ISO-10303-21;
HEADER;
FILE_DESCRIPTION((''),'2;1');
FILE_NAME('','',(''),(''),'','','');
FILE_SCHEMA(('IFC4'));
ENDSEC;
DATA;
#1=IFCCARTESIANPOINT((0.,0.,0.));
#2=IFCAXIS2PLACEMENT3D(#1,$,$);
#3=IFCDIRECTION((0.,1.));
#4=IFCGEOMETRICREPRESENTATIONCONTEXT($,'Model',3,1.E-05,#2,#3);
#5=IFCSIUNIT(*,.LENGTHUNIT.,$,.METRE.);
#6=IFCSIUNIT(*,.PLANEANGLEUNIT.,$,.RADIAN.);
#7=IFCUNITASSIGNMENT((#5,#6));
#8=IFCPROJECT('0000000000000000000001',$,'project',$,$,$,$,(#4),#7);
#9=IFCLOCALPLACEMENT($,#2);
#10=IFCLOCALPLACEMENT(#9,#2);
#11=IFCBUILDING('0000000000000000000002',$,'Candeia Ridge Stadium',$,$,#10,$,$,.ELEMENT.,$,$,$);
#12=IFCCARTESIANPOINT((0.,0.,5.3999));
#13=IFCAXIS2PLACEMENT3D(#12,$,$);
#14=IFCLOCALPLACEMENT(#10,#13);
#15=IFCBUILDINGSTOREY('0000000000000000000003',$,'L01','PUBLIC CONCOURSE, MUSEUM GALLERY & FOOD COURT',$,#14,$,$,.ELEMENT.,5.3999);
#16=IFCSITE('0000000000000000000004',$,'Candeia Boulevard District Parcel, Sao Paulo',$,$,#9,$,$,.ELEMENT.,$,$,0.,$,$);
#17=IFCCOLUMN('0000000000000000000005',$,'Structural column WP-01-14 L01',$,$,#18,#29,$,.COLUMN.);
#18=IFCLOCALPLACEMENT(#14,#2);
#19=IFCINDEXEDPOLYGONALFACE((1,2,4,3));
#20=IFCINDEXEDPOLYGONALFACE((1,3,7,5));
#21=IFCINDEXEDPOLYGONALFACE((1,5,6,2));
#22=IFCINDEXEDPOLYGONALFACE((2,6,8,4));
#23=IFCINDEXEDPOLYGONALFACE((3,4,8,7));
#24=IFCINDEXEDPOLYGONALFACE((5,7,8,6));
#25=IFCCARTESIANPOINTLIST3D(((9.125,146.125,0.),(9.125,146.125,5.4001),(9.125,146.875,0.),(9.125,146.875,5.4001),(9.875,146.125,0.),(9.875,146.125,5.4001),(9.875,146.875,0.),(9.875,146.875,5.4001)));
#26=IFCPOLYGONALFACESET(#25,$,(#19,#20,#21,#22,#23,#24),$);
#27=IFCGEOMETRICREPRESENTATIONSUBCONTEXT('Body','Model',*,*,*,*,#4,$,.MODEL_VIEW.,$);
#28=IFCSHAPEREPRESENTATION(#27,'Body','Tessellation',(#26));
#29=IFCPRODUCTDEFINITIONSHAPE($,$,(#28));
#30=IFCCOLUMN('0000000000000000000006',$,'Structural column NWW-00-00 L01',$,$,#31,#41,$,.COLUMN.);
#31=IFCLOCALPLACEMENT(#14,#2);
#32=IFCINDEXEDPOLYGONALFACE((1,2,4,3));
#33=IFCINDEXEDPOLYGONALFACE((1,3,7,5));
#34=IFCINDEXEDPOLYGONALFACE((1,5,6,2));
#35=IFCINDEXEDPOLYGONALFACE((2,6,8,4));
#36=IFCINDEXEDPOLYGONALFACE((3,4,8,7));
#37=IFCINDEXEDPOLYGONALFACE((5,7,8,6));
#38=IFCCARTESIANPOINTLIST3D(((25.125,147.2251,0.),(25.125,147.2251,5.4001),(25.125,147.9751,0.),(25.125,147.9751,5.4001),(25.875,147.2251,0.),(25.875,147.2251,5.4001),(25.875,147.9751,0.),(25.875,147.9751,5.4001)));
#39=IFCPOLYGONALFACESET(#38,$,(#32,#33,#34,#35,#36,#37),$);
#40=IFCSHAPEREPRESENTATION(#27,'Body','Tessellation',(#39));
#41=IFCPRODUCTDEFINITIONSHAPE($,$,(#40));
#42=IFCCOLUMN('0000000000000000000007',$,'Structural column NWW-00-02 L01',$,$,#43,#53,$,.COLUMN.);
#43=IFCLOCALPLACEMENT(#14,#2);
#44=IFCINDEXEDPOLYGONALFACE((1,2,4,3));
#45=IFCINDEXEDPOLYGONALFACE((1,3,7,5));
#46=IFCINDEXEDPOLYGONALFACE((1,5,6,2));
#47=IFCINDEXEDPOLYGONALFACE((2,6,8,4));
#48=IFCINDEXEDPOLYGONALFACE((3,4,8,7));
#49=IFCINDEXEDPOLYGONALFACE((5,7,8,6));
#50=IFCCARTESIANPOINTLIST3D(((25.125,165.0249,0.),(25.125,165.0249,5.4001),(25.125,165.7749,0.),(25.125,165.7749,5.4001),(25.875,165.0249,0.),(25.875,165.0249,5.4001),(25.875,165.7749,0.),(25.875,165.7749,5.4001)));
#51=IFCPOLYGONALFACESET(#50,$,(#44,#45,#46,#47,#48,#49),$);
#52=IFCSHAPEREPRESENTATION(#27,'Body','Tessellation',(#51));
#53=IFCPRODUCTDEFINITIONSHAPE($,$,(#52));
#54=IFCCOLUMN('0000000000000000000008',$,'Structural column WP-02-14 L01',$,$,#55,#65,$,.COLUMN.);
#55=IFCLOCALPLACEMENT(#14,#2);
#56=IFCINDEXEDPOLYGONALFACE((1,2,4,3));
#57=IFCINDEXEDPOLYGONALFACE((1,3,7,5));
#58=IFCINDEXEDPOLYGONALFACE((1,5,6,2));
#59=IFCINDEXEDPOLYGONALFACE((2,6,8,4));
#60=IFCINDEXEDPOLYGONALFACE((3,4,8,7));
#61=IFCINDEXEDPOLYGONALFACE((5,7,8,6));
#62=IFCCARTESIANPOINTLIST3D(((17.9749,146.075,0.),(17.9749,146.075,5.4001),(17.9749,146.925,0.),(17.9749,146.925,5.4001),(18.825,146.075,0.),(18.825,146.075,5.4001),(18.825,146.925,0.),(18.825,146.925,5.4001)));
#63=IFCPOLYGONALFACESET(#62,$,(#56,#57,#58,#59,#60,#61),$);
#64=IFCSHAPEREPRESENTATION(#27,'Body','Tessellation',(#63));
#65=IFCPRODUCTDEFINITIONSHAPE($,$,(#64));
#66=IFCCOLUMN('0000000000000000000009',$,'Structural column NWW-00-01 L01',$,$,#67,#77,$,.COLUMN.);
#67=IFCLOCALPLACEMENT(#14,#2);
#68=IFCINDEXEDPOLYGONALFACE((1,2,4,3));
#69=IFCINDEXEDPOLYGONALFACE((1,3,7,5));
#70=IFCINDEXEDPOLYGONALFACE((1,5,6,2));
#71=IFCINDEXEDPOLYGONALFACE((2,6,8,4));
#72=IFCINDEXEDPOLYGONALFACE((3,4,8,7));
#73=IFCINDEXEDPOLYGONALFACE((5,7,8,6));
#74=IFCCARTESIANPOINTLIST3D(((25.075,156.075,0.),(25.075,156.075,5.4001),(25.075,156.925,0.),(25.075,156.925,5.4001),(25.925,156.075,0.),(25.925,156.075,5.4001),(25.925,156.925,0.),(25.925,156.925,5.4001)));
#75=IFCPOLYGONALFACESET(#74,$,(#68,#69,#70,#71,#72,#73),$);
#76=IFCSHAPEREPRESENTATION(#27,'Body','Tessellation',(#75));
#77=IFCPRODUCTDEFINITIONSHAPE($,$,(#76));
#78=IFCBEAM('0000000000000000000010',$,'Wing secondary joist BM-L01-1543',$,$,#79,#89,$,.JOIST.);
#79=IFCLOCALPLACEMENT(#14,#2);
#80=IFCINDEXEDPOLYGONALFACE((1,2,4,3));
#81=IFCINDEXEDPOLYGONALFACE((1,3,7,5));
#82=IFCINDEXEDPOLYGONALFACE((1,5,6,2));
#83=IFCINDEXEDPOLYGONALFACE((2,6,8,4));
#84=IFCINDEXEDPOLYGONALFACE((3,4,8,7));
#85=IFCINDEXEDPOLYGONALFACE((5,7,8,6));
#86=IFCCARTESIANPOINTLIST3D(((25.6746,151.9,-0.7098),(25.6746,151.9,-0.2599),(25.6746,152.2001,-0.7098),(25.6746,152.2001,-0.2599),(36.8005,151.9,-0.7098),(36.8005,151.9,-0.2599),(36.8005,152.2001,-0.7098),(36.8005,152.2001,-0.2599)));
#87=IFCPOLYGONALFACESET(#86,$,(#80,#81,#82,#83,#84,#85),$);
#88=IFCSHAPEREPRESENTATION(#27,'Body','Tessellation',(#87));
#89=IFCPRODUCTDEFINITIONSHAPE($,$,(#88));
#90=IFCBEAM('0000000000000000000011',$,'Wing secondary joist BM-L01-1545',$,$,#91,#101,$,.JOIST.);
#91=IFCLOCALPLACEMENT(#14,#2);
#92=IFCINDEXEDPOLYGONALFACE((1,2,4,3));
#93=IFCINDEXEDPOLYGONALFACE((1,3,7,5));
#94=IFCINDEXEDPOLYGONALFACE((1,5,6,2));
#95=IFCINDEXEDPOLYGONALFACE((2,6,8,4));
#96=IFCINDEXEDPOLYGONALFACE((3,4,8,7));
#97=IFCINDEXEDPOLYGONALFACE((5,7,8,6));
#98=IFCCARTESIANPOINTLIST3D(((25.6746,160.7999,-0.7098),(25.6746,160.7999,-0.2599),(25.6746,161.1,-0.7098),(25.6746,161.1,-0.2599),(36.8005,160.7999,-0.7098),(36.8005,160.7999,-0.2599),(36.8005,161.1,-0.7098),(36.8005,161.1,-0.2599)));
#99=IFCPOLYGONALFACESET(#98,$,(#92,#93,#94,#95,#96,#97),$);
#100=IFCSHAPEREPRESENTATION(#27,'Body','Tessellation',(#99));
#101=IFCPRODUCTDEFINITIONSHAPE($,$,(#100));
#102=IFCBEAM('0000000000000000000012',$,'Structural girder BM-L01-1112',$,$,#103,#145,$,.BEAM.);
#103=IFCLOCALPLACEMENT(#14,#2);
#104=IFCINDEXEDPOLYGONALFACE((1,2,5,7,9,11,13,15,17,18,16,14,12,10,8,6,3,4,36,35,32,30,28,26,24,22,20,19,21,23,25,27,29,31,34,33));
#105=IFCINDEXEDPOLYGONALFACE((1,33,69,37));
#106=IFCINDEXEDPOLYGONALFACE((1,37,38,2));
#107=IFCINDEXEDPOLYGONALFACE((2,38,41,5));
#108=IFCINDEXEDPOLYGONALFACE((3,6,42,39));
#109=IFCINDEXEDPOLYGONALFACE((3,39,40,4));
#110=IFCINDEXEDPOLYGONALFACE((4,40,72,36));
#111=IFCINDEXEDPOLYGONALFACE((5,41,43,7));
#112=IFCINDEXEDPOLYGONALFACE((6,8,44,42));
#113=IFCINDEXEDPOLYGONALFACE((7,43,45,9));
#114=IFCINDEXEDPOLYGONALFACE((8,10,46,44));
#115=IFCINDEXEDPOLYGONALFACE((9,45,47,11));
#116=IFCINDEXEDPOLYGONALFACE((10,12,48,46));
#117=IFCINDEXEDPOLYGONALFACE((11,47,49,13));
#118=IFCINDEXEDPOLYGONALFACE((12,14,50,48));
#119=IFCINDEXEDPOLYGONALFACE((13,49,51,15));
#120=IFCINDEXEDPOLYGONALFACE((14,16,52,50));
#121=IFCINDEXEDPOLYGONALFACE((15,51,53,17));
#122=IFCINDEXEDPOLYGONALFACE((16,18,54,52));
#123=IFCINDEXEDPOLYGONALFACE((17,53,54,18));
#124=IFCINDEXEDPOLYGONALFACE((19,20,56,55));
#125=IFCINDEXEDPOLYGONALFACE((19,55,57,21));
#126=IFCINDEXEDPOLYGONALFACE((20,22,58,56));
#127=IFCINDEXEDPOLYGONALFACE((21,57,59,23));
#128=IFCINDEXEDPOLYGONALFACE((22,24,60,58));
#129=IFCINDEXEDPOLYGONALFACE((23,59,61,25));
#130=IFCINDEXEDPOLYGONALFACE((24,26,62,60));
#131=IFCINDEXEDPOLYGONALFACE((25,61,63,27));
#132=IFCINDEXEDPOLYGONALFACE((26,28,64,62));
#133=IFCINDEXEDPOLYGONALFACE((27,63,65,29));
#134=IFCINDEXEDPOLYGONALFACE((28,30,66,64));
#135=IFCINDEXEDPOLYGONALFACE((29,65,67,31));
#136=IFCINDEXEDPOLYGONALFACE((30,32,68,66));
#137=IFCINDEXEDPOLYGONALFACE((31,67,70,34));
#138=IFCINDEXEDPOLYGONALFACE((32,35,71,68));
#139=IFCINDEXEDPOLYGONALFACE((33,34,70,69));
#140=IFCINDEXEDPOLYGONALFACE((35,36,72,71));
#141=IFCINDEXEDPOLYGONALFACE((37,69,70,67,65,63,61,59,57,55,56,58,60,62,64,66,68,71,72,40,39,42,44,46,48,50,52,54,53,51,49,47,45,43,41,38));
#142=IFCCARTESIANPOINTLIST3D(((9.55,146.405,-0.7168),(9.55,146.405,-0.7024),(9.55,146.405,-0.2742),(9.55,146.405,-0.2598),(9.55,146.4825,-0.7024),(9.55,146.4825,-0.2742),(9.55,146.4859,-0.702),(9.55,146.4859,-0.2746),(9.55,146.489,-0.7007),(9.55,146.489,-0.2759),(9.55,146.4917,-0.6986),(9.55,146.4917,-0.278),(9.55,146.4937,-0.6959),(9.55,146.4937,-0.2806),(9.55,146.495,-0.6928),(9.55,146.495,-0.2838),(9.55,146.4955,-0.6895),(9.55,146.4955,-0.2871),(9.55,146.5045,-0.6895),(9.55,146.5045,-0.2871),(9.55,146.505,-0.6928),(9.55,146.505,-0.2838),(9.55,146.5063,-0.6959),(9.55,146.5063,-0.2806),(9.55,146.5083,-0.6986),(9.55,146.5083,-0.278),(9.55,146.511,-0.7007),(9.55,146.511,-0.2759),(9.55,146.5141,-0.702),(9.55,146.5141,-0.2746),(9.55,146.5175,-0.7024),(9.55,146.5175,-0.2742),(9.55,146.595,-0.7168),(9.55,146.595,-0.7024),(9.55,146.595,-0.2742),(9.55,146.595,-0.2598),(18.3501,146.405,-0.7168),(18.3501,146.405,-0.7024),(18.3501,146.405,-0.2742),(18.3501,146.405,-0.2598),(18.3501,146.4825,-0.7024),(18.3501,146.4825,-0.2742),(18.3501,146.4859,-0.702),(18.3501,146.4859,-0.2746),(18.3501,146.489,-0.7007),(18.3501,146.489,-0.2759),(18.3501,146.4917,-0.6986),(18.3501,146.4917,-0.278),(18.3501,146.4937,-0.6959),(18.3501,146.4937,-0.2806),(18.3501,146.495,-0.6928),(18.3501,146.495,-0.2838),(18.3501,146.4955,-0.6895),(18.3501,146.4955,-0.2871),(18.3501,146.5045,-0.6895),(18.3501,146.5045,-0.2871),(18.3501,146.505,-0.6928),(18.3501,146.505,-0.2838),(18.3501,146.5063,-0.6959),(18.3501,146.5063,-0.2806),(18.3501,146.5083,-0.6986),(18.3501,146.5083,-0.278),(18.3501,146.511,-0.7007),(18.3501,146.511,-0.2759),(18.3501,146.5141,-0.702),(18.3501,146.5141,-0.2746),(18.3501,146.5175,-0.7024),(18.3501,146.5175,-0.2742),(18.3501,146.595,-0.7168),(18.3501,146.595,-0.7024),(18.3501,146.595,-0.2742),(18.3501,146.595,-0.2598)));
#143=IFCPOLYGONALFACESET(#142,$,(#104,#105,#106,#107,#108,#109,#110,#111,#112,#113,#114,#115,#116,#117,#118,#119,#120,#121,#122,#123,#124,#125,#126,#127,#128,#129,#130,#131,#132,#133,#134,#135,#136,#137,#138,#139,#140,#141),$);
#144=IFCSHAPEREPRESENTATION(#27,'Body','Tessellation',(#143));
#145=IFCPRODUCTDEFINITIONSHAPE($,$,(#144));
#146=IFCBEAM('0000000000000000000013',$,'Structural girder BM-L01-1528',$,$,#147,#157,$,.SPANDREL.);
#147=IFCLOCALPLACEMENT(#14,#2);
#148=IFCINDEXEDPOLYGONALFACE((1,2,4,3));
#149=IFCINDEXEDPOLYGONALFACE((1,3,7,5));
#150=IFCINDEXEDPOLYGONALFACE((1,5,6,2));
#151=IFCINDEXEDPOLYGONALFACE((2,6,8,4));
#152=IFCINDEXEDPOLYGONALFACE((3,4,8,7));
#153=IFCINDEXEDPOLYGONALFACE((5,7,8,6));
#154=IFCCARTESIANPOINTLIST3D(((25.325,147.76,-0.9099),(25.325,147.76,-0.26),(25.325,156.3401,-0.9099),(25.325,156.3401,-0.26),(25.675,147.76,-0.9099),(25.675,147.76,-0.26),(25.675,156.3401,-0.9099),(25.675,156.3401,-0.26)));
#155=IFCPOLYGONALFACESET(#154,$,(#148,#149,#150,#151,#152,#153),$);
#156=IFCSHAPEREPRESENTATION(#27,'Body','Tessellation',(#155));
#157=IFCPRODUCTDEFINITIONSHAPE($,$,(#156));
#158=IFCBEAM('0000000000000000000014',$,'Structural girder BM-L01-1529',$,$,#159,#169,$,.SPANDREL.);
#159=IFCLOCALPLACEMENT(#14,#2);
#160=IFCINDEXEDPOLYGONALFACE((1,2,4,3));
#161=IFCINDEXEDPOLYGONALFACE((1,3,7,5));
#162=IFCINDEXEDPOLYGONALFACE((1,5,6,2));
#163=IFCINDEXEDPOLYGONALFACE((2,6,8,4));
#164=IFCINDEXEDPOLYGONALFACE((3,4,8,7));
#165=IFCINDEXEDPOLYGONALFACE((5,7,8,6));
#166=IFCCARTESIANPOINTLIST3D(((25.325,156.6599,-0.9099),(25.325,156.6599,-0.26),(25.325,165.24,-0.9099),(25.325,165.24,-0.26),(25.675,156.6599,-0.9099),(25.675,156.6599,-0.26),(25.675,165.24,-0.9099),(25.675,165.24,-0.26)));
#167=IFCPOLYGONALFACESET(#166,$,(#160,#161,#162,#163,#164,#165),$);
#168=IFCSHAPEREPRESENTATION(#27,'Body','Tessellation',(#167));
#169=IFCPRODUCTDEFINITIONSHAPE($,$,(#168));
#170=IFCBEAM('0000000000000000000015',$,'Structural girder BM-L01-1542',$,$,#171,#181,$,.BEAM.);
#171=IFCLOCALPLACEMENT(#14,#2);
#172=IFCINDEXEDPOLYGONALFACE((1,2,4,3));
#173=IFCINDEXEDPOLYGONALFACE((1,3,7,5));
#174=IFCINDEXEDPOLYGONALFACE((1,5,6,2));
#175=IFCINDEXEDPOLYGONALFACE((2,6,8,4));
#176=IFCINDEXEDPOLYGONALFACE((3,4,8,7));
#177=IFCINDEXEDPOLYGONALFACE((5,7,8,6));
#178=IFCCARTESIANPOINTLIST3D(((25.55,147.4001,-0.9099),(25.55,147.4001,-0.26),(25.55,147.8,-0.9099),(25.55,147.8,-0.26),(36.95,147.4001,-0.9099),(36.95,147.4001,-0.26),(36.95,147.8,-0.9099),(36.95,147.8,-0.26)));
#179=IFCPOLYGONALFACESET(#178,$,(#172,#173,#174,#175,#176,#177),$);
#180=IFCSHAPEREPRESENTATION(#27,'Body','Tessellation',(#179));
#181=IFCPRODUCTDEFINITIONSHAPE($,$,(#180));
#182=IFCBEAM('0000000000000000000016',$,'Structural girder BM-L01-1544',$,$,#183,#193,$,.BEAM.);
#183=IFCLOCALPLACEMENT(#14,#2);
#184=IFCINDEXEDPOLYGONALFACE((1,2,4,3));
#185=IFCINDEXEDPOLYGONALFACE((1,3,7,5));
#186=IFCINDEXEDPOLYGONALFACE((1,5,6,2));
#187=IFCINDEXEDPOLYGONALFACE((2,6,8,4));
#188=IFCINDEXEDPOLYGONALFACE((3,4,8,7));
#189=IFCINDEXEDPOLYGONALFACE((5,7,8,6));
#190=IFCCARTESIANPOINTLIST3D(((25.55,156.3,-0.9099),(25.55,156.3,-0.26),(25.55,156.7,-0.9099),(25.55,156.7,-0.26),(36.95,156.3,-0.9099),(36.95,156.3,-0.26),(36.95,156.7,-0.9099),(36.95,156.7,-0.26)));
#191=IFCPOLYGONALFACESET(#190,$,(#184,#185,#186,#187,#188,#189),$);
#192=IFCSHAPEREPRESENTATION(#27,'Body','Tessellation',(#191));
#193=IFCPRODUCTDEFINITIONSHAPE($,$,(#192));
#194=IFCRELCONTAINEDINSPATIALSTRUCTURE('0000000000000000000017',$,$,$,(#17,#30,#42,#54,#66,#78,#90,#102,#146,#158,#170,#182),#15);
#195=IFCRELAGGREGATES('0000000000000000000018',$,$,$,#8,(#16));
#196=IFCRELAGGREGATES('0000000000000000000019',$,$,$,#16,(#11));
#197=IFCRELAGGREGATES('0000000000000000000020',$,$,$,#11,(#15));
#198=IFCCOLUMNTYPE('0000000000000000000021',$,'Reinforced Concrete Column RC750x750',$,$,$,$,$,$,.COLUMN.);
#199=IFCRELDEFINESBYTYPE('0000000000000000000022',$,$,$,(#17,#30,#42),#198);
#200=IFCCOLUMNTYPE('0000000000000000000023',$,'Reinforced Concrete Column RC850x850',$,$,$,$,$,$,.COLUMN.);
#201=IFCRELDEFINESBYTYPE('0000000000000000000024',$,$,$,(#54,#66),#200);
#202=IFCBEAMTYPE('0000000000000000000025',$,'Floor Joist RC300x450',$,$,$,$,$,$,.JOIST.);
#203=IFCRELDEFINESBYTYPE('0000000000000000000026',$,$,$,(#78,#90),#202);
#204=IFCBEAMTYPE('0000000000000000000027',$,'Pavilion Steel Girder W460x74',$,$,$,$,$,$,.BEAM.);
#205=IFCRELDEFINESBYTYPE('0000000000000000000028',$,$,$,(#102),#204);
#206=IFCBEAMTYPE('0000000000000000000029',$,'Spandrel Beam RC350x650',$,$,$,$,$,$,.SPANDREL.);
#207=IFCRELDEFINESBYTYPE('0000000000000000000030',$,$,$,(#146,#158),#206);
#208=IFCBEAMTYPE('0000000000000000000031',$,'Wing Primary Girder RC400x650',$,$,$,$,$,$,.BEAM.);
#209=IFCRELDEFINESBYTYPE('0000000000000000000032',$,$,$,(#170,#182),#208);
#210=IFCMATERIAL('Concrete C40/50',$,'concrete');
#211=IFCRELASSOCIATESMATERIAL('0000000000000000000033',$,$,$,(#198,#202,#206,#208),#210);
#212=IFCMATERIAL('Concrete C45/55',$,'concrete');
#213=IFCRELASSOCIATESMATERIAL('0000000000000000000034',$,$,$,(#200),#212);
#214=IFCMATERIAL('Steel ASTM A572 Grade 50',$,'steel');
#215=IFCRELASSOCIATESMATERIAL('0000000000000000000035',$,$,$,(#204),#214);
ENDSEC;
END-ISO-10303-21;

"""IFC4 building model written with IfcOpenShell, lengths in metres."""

from ifc_helpers import new_model, si_unit, direction, frame, origin, origin_2d, place, context, subcontext, project, spatial, rectangle, i_section, extrude, material, material_profile, profile_set, type_object, element, save


model = new_model("IFC4")

# Units and contexts
model_context = context("Model", 3, precision=1e-05, world=origin(), true_north=direction((0.0, 1.0)))
body_context = subcontext(model_context, "Body", "Model", "MODEL_VIEW")
ifc_project = project(units=[si_unit("LENGTHUNIT", "METRE"), si_unit("PLANEANGLEUNIT", "RADIAN")], contexts=[model_context])

# Site, building, storey
site_placement = place(None, origin())
site = spatial("IfcSite", under=ifc_project, at=site_placement, Name="Candeia Boulevard District Parcel, Sao Paulo", CompositionType="ELEMENT", RefElevation=0.0)
building_placement = place(site_placement, origin())
building = spatial("IfcBuilding", under=site, at=building_placement, Name="Candeia Ridge Stadium", CompositionType="ELEMENT")
storey_placement = place(building_placement, frame((0.0, 0.0, 5.3999)))
storey = spatial("IfcBuildingStorey", under=building, at=storey_placement, Name="L01", Description="PUBLIC CONCOURSE, MUSEUM GALLERY & FOOD COURT", CompositionType="ELEMENT", Elevation=5.3999)

# Columns
ifc_material_1 = material(Name="Concrete C40/50", Category="concrete")
ifc_material_profile_1 = material_profile(ifc_material_1, rectangle(XDim=0.75, YDim=0.75, at=origin_2d()), Name="RC750x750", Category="concrete")
ifc_profile_set_1 = profile_set([ifc_material_profile_1], Name="Concrete C40/50")
column_type_1 = type_object("IfcColumnType", Name="Reinforced Concrete Column RC750x750", PredefinedType="COLUMN", material=ifc_profile_set_1)
for number, where, z_axis, x_axis, name in (
    (1, (9.5, 146.5, 0.0), (0.0, 0.0, 1.0), (1.0, 0.0, 0.0), "Structural column WP-01-14 L01"),
    (2, (25.5, 147.6001, 0.0), (0.0, 0.0, 1.0), (1.0, 0.0, 0.0), "Structural column NWW-00-00 L01"),
    (3, (25.5, 165.3999, 0.0), (0.0, 0.0, 1.0), (1.0, 0.0, 0.0), "Structural column NWW-00-02 L01"),
):
    element("IfcColumn", number, at=place(storey_placement, frame(where, z_axis=z_axis, x_axis=x_axis)), inside=storey, type_object=column_type_1, Name=name, PredefinedType="COLUMN", context=body_context, shape_type="SweptSolid", body=[
        extrude(rectangle(XDim=0.75, YDim=0.75, at=origin_2d()), origin(), (0.0, 0.0, 1.0), 5.4001),
    ])
ifc_material_2 = material(Name="Concrete C45/55", Category="concrete")
ifc_material_profile_2 = material_profile(ifc_material_2, rectangle(XDim=0.8501, YDim=0.8501, at=origin_2d()), Name="RC850x850", Category="concrete")
ifc_profile_set_2 = profile_set([ifc_material_profile_2], Name="Concrete C45/55")
column_type_2 = type_object("IfcColumnType", Name="Reinforced Concrete Column RC850x850", PredefinedType="COLUMN", material=ifc_profile_set_2)
for number, where, z_axis, x_axis, name in (
    (4, (18.3999, 146.5, 0.0), (0.0, 0.0, 1.0), (1.0, 0.0, 0.0), "Structural column WP-02-14 L01"),
    (5, (25.5, 156.5, 0.0), (0.0, 0.0, 1.0), (1.0, 0.0, 0.0), "Structural column NWW-00-01 L01"),
):
    element("IfcColumn", number, at=place(storey_placement, frame(where, z_axis=z_axis, x_axis=x_axis)), inside=storey, type_object=column_type_2, Name=name, PredefinedType="COLUMN", context=body_context, shape_type="SweptSolid", body=[
        extrude(rectangle(XDim=0.8501, YDim=0.8501, at=origin_2d()), origin(), (0.0, 0.0, 1.0), 5.4001),
    ])

# Beams
ifc_material_profile_3 = material_profile(ifc_material_1, rectangle(XDim=0.3, YDim=0.45, at=origin_2d()), Name="RC300x450", Category="concrete")
ifc_profile_set_3 = profile_set([ifc_material_profile_3], Name="Concrete C40/50")
beam_type_1 = type_object("IfcBeamType", Name="Floor Joist RC300x450", PredefinedType="JOIST", material=ifc_profile_set_3)
for number, where, z_axis, x_axis, name in (
    (6, (25.6746, 152.05, -0.4849), (1.0, 0.0, 0.0), (0.0, 1.0, 0.0), "Wing secondary joist BM-L01-1543"),
    (7, (25.6746, 160.95, -0.4849), (1.0, 0.0, 0.0), (0.0, 1.0, 0.0), "Wing secondary joist BM-L01-1545"),
):
    element("IfcBeam", number, at=place(storey_placement, frame(where, z_axis=z_axis, x_axis=x_axis)), inside=storey, type_object=beam_type_1, Name=name, PredefinedType="JOIST", context=body_context, shape_type="SweptSolid", body=[
        extrude(rectangle(XDim=0.3, YDim=0.45, at=origin_2d()), origin(), (0.0, 0.0, 1.0), 11.126),
    ])
ifc_material_3 = material(Name="Steel ASTM A572 Grade 50", Category="steel")
ifc_material_profile_4 = material_profile(ifc_material_3, i_section(OverallWidth=0.1899, OverallDepth=0.457, WebThickness=0.009, FlangeThickness=0.0144, FilletRadius=0.0129, at=origin_2d()), Name="W460x74", Category="steel")
ifc_profile_set_4 = profile_set([ifc_material_profile_4], Name="Steel ASTM A572 Grade 50")
beam_type_2 = type_object("IfcBeamType", Name="Pavilion Steel Girder W460x74", PredefinedType="BEAM", material=ifc_profile_set_4)
beam_placement = place(storey_placement, frame((9.55, 146.5, -0.4883), z_axis=(1.0, 0.0, 0.0), x_axis=(0.0, 1.0, 0.0)))
element("IfcBeam", 8, at=beam_placement, inside=storey, type_object=beam_type_2, Name="Structural girder BM-L01-1112", PredefinedType="BEAM", context=body_context, shape_type="SweptSolid", body=[
    extrude(i_section(OverallWidth=0.1899, OverallDepth=0.457, WebThickness=0.009, FlangeThickness=0.0144, FilletRadius=0.0129, at=origin_2d()), origin(), (0.0, 0.0, 1.0), 8.8),
])
ifc_material_profile_5 = material_profile(ifc_material_1, rectangle(XDim=0.3501, YDim=0.6499, at=origin_2d()), Name="RC350x650", Category="concrete")
ifc_profile_set_5 = profile_set([ifc_material_profile_5], Name="Concrete C40/50")
beam_type_3 = type_object("IfcBeamType", Name="Spandrel Beam RC350x650", PredefinedType="SPANDREL", material=ifc_profile_set_5)
for number, where, z_axis, x_axis, name in (
    (9, (25.5, 147.76, -0.585), (0.0, 1.0, 0.0), (-1.0, 0.0, 0.0), "Structural girder BM-L01-1528"),
    (10, (25.5, 156.6599, -0.585), (0.0, 1.0, 0.0), (-1.0, 0.0, 0.0), "Structural girder BM-L01-1529"),
):
    element("IfcBeam", number, at=place(storey_placement, frame(where, z_axis=z_axis, x_axis=x_axis)), inside=storey, type_object=beam_type_3, Name=name, PredefinedType="SPANDREL", context=body_context, shape_type="SweptSolid", body=[
        extrude(rectangle(XDim=0.3501, YDim=0.6499, at=origin_2d()), origin(), (0.0, 0.0, 1.0), 8.5801),
    ])
ifc_material_profile_6 = material_profile(ifc_material_1, rectangle(XDim=0.3999, YDim=0.6499, at=origin_2d()), Name="RC400x650", Category="concrete")
ifc_profile_set_6 = profile_set([ifc_material_profile_6], Name="Concrete C40/50")
beam_type_4 = type_object("IfcBeamType", Name="Wing Primary Girder RC400x650", PredefinedType="BEAM", material=ifc_profile_set_6)
for number, where, z_axis, x_axis, name in (
    (11, (25.55, 147.6001, -0.585), (1.0, 0.0, 0.0), (0.0, 1.0, 0.0), "Structural girder BM-L01-1542"),
    (12, (25.55, 156.5, -0.585), (1.0, 0.0, 0.0), (0.0, 1.0, 0.0), "Structural girder BM-L01-1544"),
):
    element("IfcBeam", number, at=place(storey_placement, frame(where, z_axis=z_axis, x_axis=x_axis)), inside=storey, type_object=beam_type_4, Name=name, PredefinedType="BEAM", context=body_context, shape_type="SweptSolid", body=[
        extrude(rectangle(XDim=0.3999, YDim=0.6499, at=origin_2d()), origin(), (0.0, 0.0, 1.0), 11.3999),
    ])

save(model, "model.ifc")
